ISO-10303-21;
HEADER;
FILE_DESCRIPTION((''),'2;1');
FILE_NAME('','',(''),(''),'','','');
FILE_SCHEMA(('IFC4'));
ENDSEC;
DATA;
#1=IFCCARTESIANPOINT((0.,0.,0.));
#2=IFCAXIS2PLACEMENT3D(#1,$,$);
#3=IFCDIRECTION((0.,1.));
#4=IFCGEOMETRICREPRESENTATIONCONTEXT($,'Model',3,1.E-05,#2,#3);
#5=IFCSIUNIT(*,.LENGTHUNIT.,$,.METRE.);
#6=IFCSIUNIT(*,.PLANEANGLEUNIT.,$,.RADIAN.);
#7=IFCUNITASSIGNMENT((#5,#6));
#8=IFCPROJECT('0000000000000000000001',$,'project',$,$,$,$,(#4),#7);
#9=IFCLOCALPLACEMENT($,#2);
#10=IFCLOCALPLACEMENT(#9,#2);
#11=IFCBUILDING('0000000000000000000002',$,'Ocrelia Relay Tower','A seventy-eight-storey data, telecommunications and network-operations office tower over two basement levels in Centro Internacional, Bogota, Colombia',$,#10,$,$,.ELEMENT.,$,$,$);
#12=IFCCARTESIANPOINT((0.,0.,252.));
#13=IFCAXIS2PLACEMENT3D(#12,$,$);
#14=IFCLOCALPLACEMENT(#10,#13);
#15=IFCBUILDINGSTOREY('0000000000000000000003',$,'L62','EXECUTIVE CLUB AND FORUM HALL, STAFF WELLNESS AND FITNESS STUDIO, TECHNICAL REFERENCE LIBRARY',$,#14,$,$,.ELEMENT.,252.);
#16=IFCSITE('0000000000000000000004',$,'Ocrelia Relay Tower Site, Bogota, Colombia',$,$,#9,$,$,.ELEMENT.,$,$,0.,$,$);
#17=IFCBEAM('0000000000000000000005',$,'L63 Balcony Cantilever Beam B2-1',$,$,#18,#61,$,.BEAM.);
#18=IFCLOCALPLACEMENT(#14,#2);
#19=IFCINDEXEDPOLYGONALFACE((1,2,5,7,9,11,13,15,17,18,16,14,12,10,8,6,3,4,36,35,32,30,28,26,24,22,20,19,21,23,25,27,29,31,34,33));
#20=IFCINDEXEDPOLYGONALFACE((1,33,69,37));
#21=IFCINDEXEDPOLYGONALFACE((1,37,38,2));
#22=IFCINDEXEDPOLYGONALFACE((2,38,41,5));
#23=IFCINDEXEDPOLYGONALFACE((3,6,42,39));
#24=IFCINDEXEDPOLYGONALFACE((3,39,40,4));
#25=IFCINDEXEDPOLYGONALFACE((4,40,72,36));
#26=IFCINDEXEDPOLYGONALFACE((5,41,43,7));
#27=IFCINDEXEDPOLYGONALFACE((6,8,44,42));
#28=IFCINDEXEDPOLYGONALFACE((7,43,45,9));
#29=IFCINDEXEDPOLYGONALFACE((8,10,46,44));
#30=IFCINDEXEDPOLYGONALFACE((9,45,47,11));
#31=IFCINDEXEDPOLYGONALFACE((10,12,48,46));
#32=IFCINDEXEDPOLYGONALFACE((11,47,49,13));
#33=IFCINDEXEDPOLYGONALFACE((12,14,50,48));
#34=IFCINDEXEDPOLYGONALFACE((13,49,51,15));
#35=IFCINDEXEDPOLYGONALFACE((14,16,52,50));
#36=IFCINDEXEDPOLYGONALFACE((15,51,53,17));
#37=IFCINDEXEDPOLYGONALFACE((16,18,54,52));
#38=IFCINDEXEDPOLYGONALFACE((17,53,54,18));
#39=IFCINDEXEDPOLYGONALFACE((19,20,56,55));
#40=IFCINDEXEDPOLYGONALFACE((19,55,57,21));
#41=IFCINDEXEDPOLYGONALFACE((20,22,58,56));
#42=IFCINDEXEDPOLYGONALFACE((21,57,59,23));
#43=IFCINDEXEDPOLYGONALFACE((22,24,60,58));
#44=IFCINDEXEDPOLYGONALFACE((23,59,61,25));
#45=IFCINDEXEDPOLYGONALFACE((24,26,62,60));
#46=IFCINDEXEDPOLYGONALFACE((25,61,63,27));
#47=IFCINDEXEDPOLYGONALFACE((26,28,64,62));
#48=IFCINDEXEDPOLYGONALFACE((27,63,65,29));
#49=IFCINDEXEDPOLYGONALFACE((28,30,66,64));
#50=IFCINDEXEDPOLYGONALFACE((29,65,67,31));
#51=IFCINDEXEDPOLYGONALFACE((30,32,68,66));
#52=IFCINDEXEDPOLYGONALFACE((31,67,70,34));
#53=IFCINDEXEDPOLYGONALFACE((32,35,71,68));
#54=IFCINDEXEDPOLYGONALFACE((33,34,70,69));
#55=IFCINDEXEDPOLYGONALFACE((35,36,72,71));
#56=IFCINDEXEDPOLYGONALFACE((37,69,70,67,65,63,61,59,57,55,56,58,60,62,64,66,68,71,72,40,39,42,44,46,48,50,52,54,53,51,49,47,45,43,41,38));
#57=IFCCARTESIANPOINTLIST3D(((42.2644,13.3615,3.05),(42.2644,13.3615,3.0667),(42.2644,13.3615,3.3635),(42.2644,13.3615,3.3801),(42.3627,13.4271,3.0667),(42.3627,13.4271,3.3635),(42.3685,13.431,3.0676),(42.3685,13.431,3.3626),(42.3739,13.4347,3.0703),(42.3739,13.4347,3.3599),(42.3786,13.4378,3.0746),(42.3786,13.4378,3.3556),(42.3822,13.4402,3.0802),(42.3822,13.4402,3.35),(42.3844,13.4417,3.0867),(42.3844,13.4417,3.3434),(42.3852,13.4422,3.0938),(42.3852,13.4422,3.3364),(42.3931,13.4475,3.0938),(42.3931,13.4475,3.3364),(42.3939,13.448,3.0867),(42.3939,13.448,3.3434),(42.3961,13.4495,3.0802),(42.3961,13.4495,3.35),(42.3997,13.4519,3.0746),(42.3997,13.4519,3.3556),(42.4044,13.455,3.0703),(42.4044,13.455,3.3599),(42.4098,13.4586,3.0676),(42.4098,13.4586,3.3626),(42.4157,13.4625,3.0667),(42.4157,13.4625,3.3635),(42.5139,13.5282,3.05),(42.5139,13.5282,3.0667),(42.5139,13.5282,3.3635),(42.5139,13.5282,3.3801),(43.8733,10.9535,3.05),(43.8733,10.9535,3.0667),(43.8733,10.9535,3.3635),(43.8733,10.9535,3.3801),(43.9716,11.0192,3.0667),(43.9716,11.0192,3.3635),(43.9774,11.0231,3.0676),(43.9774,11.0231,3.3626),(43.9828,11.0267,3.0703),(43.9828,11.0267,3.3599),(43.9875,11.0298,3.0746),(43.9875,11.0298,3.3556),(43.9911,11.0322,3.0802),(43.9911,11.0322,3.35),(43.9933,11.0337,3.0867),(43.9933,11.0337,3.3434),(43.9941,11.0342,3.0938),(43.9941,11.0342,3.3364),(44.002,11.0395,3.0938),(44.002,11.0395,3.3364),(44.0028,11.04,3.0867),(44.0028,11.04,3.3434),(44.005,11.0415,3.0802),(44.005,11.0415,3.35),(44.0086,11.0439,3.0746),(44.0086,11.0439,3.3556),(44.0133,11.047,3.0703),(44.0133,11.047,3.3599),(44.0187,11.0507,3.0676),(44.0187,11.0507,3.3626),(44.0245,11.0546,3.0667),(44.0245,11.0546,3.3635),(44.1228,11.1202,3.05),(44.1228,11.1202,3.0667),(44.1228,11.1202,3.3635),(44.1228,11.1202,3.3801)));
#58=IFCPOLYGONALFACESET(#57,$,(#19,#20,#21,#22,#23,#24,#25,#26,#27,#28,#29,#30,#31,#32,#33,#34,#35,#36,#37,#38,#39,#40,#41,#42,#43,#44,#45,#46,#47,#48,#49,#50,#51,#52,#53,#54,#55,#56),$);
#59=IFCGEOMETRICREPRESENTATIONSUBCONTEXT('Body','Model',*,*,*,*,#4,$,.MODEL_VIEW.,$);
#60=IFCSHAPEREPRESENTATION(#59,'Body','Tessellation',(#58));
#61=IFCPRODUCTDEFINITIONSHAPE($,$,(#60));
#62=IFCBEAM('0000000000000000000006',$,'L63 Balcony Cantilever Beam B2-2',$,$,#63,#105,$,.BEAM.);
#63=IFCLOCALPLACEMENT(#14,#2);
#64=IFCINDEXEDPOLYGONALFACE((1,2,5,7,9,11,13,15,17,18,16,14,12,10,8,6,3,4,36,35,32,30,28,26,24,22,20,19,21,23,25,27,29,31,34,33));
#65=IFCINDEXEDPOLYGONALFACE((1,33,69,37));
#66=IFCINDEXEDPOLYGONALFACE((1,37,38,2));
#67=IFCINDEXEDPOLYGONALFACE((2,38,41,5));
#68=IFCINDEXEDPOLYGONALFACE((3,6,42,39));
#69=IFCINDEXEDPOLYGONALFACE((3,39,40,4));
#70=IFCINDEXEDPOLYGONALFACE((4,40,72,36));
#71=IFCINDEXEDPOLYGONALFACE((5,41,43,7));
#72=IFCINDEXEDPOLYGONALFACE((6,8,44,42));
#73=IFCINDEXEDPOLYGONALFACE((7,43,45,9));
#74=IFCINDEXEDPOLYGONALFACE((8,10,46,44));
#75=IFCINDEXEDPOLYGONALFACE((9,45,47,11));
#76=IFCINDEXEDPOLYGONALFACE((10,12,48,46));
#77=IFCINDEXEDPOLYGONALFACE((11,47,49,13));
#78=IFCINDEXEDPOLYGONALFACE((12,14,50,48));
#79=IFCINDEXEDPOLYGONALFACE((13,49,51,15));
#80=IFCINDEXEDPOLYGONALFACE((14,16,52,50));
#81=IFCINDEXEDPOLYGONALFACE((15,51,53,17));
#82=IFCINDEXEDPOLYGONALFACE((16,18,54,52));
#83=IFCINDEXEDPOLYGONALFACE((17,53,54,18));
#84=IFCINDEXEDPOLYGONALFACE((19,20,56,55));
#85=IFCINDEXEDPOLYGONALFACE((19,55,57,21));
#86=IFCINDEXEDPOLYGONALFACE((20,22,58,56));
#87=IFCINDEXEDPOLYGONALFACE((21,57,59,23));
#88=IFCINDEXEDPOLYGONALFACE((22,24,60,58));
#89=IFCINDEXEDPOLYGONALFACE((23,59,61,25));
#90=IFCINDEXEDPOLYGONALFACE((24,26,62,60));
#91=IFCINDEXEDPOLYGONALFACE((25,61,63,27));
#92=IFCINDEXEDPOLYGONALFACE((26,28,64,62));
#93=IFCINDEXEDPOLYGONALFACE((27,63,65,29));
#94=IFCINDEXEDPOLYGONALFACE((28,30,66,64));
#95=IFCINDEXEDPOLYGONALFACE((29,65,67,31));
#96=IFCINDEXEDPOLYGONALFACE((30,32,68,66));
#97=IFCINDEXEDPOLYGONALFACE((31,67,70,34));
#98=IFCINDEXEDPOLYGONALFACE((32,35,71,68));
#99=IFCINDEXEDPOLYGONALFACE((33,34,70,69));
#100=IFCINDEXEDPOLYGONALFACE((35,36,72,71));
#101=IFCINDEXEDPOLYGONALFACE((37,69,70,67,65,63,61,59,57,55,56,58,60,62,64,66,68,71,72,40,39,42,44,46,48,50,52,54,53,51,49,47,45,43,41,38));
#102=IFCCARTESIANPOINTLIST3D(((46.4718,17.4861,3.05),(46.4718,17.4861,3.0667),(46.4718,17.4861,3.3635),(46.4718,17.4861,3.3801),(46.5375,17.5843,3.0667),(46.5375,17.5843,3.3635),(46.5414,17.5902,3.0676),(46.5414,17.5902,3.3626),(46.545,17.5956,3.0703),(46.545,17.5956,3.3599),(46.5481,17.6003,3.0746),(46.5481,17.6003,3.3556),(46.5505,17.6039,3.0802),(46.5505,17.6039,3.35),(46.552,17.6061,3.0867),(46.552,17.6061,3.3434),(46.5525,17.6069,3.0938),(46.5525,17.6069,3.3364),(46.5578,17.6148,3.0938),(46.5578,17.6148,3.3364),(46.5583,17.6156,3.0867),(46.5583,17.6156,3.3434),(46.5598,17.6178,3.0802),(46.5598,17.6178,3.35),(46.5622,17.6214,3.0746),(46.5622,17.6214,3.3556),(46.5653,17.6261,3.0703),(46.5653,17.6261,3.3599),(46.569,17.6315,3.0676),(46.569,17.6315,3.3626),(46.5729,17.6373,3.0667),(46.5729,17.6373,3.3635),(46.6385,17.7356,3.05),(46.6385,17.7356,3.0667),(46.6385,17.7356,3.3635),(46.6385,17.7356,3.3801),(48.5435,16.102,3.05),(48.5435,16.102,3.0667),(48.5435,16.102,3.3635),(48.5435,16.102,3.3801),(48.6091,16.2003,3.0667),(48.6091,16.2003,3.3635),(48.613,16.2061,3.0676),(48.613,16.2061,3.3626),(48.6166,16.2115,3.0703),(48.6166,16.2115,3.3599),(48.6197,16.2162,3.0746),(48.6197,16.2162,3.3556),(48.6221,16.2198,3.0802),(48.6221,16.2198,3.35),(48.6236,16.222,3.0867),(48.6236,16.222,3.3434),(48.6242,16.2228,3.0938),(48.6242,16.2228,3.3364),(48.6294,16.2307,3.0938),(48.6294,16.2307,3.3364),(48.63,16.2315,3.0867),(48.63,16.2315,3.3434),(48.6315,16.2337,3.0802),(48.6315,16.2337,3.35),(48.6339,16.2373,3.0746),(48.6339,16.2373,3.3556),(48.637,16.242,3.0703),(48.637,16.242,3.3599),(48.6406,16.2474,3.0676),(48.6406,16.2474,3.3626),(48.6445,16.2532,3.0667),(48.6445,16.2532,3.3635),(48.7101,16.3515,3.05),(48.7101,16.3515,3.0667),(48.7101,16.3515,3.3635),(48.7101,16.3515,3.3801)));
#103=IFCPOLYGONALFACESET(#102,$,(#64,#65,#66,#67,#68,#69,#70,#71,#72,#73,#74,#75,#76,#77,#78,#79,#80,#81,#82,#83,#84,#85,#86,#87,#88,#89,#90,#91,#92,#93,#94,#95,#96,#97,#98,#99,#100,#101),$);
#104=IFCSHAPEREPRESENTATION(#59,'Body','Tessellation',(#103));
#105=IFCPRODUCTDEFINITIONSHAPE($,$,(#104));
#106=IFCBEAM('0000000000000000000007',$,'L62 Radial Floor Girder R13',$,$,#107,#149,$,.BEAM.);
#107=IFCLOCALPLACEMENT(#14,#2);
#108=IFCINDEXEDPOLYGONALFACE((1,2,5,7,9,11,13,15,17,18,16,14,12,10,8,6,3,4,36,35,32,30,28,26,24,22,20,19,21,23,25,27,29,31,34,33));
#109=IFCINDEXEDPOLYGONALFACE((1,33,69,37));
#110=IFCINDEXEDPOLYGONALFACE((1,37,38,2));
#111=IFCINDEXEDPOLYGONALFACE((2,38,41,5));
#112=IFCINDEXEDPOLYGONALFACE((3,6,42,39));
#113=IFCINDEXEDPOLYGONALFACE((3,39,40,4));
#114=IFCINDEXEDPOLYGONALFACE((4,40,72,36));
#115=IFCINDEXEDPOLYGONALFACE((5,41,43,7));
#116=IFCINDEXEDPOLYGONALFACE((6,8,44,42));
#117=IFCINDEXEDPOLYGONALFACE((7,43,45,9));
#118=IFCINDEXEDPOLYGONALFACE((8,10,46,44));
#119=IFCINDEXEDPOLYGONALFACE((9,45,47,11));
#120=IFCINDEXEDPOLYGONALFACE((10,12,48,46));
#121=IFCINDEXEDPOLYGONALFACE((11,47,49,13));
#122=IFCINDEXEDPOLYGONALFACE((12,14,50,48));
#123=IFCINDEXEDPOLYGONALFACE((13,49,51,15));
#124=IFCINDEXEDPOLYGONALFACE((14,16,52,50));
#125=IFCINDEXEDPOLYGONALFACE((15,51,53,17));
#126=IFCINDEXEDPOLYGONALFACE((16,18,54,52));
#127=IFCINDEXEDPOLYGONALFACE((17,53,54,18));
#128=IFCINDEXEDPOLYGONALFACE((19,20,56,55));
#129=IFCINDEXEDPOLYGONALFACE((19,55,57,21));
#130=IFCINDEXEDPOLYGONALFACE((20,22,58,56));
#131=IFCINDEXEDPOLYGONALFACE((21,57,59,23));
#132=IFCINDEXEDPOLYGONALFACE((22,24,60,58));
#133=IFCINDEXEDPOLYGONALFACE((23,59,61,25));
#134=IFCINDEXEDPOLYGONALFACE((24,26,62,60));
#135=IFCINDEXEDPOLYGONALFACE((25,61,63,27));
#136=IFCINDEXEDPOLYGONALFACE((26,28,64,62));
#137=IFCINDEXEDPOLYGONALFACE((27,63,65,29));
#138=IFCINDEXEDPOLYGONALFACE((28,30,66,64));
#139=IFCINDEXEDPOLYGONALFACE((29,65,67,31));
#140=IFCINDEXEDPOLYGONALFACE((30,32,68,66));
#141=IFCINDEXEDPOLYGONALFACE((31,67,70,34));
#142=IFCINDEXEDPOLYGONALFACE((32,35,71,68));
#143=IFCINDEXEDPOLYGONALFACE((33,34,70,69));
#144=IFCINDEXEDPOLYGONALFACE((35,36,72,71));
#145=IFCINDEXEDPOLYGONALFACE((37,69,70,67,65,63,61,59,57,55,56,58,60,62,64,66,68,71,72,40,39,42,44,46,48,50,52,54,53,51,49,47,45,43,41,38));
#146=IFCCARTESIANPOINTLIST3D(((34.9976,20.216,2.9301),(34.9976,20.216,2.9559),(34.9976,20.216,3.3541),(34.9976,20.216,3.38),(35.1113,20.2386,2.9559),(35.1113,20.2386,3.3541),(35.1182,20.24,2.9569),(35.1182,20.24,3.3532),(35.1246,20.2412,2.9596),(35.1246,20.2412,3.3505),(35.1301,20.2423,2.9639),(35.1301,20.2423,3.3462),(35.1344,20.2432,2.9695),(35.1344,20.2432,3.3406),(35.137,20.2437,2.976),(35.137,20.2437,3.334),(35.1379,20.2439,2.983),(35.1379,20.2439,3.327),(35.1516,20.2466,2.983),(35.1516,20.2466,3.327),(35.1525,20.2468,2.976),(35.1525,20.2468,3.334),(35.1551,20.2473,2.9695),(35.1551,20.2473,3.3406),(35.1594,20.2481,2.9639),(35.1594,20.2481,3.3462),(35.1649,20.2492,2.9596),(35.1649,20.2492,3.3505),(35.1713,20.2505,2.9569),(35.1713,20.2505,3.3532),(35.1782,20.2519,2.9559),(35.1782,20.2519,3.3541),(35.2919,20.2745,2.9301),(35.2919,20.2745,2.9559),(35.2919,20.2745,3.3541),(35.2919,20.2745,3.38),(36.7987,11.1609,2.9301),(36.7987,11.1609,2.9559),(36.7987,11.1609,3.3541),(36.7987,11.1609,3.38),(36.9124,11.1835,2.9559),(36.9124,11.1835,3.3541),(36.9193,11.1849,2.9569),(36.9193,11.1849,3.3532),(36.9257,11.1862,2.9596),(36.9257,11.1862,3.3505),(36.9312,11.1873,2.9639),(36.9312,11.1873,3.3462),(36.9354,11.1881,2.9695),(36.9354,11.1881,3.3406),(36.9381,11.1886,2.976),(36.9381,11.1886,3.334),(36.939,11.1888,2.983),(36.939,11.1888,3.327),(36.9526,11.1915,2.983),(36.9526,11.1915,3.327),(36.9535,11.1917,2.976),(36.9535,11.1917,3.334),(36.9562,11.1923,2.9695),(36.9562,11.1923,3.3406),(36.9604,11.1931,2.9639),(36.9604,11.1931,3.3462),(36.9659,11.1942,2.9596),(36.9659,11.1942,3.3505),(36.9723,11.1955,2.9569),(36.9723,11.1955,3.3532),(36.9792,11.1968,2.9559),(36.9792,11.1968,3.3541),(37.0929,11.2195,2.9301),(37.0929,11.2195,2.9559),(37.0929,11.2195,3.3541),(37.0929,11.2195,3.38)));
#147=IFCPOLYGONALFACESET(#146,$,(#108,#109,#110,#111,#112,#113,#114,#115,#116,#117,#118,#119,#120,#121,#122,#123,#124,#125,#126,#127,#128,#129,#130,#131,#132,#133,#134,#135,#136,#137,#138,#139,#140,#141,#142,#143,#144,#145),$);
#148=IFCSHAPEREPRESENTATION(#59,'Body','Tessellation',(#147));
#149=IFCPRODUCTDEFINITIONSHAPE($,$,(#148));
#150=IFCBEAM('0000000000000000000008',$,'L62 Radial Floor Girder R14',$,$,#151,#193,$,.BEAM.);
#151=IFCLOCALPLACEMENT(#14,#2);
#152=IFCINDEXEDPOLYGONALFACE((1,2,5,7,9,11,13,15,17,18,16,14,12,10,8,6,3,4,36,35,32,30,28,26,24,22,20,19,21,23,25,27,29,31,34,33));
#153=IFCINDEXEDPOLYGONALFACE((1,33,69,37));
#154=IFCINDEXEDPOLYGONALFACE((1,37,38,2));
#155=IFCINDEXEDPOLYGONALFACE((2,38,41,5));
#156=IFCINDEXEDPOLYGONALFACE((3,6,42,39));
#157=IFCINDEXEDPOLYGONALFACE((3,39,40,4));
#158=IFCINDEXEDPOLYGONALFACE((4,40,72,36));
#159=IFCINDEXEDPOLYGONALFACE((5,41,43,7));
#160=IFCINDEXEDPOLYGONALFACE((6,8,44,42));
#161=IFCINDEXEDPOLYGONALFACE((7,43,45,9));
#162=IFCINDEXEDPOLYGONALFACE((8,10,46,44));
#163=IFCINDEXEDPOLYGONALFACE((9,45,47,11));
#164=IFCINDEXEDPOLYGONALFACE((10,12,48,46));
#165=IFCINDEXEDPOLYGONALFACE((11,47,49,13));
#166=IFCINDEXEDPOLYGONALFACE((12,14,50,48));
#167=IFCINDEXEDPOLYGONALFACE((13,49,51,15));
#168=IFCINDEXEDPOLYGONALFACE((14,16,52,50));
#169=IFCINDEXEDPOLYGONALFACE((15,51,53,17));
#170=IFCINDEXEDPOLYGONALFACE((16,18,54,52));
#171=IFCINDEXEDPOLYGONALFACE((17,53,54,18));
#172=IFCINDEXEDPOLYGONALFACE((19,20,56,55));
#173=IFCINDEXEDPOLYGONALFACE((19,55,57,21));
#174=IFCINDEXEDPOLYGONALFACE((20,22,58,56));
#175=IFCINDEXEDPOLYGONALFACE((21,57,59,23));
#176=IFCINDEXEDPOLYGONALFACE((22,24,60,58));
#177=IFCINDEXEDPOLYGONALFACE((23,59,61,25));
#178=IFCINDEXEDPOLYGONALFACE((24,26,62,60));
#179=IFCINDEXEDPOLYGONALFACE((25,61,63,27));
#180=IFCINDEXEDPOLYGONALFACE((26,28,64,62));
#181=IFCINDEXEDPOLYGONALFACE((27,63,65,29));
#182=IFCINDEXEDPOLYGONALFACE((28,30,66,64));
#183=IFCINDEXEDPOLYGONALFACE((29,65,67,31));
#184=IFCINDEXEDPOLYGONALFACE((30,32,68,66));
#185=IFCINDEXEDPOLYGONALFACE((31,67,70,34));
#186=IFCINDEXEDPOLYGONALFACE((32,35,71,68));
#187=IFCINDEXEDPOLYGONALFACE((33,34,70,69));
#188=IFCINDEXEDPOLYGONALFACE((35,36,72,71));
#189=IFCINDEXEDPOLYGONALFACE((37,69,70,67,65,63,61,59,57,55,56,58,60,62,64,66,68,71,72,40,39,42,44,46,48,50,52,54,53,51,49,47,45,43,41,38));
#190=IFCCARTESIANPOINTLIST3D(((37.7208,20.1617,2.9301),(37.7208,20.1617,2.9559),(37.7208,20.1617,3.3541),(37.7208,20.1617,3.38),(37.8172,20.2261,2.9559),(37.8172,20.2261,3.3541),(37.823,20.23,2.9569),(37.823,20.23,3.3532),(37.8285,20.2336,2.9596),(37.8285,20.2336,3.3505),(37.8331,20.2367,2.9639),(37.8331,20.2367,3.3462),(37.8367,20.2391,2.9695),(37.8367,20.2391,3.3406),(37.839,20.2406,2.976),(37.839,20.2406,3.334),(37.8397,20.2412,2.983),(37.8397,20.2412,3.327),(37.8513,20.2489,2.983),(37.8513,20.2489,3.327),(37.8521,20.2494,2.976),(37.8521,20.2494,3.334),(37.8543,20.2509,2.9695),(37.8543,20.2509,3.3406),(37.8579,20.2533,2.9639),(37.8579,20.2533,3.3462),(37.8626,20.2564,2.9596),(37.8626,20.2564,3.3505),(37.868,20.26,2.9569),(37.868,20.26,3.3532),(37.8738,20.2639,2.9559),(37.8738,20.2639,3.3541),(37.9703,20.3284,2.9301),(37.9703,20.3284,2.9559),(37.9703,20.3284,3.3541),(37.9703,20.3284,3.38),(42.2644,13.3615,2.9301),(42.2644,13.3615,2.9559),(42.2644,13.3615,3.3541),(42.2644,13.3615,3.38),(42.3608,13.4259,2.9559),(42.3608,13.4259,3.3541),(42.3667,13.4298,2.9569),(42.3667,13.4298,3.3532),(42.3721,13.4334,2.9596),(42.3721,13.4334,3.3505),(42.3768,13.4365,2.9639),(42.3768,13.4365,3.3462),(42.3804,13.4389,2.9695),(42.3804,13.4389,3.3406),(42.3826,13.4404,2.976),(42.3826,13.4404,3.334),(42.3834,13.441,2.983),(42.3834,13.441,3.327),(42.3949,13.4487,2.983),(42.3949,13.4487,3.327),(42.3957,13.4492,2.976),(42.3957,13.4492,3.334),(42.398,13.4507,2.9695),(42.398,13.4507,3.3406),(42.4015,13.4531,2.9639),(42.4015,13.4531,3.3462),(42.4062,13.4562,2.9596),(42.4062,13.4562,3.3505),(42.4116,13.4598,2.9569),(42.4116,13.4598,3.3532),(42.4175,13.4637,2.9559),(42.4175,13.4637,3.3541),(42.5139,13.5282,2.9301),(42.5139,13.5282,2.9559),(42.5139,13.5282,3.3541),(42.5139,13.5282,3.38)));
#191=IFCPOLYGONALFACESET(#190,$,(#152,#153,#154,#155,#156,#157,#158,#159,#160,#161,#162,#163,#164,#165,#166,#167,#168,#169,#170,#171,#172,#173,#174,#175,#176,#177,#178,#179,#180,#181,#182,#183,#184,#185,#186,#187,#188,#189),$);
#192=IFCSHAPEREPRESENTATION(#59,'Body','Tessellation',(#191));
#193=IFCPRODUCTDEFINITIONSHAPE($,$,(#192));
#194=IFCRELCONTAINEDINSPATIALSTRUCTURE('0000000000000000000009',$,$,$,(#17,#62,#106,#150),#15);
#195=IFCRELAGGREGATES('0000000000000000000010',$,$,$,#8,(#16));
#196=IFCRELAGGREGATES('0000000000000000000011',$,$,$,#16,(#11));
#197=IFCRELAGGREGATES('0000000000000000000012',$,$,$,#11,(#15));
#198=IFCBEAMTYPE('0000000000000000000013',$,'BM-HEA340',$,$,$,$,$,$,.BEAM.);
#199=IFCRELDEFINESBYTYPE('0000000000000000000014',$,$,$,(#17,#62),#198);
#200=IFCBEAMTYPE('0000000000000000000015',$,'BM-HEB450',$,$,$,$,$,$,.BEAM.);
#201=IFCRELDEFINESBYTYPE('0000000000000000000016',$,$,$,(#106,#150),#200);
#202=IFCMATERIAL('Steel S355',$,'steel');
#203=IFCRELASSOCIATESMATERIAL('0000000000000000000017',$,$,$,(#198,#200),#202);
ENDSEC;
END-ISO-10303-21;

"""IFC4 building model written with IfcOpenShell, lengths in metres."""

from ifc_helpers import new_model, si_unit, direction, frame, origin, origin_2d, place, context, subcontext, project, spatial, i_section, extrude, material, material_profile, profile_set, type_object, element, save


model = new_model("IFC4")

# Units and contexts
model_context = context("Model", 3, precision=1e-05, world=origin(), true_north=direction((0.0, 1.0)))
body_context = subcontext(model_context, "Body", "Model", "MODEL_VIEW")
ifc_project = project(units=[si_unit("LENGTHUNIT", "METRE"), si_unit("PLANEANGLEUNIT", "RADIAN")], contexts=[model_context])

# Site, building, storey
site_placement = place(None, origin())
site = spatial("IfcSite", under=ifc_project, at=site_placement, Name="Ocrelia Relay Tower Site, Bogota, Colombia", CompositionType="ELEMENT", RefElevation=0.0)
building_placement = place(site_placement, origin())
building = spatial("IfcBuilding", under=site, at=building_placement, Name="Ocrelia Relay Tower", Description="A seventy-eight-storey data, telecommunications and network-operations office tower over two basement levels in Centro Internacional, Bogota, Colombia", CompositionType="ELEMENT")
storey_placement = place(building_placement, frame((0.0, 0.0, 252.0)))
storey = spatial("IfcBuildingStorey", under=building, at=storey_placement, Name="L62", Description="EXECUTIVE CLUB AND FORUM HALL, STAFF WELLNESS AND FITNESS STUDIO, TECHNICAL REFERENCE LIBRARY", CompositionType="ELEMENT", Elevation=252.0)

# Beams
ifc_material_1 = material(Name="Steel S355", Category="steel")
ifc_material_profile_1 = material_profile(ifc_material_1, i_section(OverallWidth=0.3, OverallDepth=0.3301, WebThickness=0.0095, FlangeThickness=0.0166, FilletRadius=0.0271, at=origin_2d()), Name="HEA 340")
ifc_profile_set_1 = profile_set([ifc_material_profile_1], Name="Steel S355")
beam_type_1 = type_object("IfcBeamType", Name="BM-HEA340", PredefinedType="BEAM", material=ifc_profile_set_1)
beam_1_placement = place(storey_placement, frame((42.3892, 13.4448, 3.2151), z_axis=(0.555556, -0.831479, 0.0), x_axis=(0.831479, 0.555556, 0.0)))
element("IfcBeam", 1, at=beam_1_placement, inside=storey, type_object=beam_type_1, Name="L63 Balcony Cantilever Beam B2-1", PredefinedType="BEAM", context=body_context, shape_type="SweptSolid", body=[
    extrude(i_section(OverallWidth=0.3, OverallDepth=0.3301, WebThickness=0.0095, FlangeThickness=0.0166, FilletRadius=0.0271, at=origin_2d()), origin(), (0.0, 0.0, 1.0), 2.896),
])
beam_2_placement = place(storey_placement, frame((46.5552, 17.6108, 3.2151), z_axis=(0.831492, -0.555537, 0.0), x_axis=(0.555537, 0.831492, 0.0)))
element("IfcBeam", 2, at=beam_2_placement, inside=storey, type_object=beam_type_1, Name="L63 Balcony Cantilever Beam B2-2", PredefinedType="BEAM", context=body_context, shape_type="SweptSolid", body=[
    extrude(i_section(OverallWidth=0.3, OverallDepth=0.3301, WebThickness=0.0095, FlangeThickness=0.0166, FilletRadius=0.0271, at=origin_2d()), origin(), (0.0, 0.0, 1.0), 2.4915),
])
ifc_material_profile_2 = material_profile(ifc_material_1, i_section(OverallWidth=0.3, OverallDepth=0.45, WebThickness=0.0139, FlangeThickness=0.0259, FilletRadius=0.0271, at=origin_2d()), Name="HEB 450")
ifc_profile_set_2 = profile_set([ifc_material_profile_2], Name="Steel S355")
beam_type_2 = type_object("IfcBeamType", Name="BM-HEB450", PredefinedType="BEAM", material=ifc_profile_set_2)
beam_3_placement = place(storey_placement, frame((36.9458, 11.1902, 3.155), z_axis=(-0.195079, 0.980788, 0.0), x_axis=(-0.980788, -0.195079, 0.0)))
element("IfcBeam", 3, at=beam_3_placement, inside=storey, type_object=beam_type_2, Name="L62 Radial Floor Girder R13", PredefinedType="BEAM", context=body_context, shape_type="SweptSolid", body=[
    extrude(i_section(OverallWidth=0.3, OverallDepth=0.45, WebThickness=0.0139, FlangeThickness=0.0259, FilletRadius=0.0271, at=origin_2d()), origin(), (0.0, 0.0, 1.0), 9.2324),
])
beam_4_placement = place(storey_placement, frame((42.3892, 13.4448, 3.155), z_axis=(-0.555561, 0.831476, 0.0), x_axis=(-0.831476, -0.555561, 0.0)))
element("IfcBeam", 4, at=beam_4_placement, inside=storey, type_object=beam_type_2, Name="L62 Radial Floor Girder R14", PredefinedType="BEAM", context=body_context, shape_type="SweptSolid", body=[
    extrude(i_section(OverallWidth=0.3, OverallDepth=0.45, WebThickness=0.0139, FlangeThickness=0.0259, FilletRadius=0.0271, at=origin_2d()), origin(), (0.0, 0.0, 1.0), 8.1785),
])

save(model, "model.ifc")
